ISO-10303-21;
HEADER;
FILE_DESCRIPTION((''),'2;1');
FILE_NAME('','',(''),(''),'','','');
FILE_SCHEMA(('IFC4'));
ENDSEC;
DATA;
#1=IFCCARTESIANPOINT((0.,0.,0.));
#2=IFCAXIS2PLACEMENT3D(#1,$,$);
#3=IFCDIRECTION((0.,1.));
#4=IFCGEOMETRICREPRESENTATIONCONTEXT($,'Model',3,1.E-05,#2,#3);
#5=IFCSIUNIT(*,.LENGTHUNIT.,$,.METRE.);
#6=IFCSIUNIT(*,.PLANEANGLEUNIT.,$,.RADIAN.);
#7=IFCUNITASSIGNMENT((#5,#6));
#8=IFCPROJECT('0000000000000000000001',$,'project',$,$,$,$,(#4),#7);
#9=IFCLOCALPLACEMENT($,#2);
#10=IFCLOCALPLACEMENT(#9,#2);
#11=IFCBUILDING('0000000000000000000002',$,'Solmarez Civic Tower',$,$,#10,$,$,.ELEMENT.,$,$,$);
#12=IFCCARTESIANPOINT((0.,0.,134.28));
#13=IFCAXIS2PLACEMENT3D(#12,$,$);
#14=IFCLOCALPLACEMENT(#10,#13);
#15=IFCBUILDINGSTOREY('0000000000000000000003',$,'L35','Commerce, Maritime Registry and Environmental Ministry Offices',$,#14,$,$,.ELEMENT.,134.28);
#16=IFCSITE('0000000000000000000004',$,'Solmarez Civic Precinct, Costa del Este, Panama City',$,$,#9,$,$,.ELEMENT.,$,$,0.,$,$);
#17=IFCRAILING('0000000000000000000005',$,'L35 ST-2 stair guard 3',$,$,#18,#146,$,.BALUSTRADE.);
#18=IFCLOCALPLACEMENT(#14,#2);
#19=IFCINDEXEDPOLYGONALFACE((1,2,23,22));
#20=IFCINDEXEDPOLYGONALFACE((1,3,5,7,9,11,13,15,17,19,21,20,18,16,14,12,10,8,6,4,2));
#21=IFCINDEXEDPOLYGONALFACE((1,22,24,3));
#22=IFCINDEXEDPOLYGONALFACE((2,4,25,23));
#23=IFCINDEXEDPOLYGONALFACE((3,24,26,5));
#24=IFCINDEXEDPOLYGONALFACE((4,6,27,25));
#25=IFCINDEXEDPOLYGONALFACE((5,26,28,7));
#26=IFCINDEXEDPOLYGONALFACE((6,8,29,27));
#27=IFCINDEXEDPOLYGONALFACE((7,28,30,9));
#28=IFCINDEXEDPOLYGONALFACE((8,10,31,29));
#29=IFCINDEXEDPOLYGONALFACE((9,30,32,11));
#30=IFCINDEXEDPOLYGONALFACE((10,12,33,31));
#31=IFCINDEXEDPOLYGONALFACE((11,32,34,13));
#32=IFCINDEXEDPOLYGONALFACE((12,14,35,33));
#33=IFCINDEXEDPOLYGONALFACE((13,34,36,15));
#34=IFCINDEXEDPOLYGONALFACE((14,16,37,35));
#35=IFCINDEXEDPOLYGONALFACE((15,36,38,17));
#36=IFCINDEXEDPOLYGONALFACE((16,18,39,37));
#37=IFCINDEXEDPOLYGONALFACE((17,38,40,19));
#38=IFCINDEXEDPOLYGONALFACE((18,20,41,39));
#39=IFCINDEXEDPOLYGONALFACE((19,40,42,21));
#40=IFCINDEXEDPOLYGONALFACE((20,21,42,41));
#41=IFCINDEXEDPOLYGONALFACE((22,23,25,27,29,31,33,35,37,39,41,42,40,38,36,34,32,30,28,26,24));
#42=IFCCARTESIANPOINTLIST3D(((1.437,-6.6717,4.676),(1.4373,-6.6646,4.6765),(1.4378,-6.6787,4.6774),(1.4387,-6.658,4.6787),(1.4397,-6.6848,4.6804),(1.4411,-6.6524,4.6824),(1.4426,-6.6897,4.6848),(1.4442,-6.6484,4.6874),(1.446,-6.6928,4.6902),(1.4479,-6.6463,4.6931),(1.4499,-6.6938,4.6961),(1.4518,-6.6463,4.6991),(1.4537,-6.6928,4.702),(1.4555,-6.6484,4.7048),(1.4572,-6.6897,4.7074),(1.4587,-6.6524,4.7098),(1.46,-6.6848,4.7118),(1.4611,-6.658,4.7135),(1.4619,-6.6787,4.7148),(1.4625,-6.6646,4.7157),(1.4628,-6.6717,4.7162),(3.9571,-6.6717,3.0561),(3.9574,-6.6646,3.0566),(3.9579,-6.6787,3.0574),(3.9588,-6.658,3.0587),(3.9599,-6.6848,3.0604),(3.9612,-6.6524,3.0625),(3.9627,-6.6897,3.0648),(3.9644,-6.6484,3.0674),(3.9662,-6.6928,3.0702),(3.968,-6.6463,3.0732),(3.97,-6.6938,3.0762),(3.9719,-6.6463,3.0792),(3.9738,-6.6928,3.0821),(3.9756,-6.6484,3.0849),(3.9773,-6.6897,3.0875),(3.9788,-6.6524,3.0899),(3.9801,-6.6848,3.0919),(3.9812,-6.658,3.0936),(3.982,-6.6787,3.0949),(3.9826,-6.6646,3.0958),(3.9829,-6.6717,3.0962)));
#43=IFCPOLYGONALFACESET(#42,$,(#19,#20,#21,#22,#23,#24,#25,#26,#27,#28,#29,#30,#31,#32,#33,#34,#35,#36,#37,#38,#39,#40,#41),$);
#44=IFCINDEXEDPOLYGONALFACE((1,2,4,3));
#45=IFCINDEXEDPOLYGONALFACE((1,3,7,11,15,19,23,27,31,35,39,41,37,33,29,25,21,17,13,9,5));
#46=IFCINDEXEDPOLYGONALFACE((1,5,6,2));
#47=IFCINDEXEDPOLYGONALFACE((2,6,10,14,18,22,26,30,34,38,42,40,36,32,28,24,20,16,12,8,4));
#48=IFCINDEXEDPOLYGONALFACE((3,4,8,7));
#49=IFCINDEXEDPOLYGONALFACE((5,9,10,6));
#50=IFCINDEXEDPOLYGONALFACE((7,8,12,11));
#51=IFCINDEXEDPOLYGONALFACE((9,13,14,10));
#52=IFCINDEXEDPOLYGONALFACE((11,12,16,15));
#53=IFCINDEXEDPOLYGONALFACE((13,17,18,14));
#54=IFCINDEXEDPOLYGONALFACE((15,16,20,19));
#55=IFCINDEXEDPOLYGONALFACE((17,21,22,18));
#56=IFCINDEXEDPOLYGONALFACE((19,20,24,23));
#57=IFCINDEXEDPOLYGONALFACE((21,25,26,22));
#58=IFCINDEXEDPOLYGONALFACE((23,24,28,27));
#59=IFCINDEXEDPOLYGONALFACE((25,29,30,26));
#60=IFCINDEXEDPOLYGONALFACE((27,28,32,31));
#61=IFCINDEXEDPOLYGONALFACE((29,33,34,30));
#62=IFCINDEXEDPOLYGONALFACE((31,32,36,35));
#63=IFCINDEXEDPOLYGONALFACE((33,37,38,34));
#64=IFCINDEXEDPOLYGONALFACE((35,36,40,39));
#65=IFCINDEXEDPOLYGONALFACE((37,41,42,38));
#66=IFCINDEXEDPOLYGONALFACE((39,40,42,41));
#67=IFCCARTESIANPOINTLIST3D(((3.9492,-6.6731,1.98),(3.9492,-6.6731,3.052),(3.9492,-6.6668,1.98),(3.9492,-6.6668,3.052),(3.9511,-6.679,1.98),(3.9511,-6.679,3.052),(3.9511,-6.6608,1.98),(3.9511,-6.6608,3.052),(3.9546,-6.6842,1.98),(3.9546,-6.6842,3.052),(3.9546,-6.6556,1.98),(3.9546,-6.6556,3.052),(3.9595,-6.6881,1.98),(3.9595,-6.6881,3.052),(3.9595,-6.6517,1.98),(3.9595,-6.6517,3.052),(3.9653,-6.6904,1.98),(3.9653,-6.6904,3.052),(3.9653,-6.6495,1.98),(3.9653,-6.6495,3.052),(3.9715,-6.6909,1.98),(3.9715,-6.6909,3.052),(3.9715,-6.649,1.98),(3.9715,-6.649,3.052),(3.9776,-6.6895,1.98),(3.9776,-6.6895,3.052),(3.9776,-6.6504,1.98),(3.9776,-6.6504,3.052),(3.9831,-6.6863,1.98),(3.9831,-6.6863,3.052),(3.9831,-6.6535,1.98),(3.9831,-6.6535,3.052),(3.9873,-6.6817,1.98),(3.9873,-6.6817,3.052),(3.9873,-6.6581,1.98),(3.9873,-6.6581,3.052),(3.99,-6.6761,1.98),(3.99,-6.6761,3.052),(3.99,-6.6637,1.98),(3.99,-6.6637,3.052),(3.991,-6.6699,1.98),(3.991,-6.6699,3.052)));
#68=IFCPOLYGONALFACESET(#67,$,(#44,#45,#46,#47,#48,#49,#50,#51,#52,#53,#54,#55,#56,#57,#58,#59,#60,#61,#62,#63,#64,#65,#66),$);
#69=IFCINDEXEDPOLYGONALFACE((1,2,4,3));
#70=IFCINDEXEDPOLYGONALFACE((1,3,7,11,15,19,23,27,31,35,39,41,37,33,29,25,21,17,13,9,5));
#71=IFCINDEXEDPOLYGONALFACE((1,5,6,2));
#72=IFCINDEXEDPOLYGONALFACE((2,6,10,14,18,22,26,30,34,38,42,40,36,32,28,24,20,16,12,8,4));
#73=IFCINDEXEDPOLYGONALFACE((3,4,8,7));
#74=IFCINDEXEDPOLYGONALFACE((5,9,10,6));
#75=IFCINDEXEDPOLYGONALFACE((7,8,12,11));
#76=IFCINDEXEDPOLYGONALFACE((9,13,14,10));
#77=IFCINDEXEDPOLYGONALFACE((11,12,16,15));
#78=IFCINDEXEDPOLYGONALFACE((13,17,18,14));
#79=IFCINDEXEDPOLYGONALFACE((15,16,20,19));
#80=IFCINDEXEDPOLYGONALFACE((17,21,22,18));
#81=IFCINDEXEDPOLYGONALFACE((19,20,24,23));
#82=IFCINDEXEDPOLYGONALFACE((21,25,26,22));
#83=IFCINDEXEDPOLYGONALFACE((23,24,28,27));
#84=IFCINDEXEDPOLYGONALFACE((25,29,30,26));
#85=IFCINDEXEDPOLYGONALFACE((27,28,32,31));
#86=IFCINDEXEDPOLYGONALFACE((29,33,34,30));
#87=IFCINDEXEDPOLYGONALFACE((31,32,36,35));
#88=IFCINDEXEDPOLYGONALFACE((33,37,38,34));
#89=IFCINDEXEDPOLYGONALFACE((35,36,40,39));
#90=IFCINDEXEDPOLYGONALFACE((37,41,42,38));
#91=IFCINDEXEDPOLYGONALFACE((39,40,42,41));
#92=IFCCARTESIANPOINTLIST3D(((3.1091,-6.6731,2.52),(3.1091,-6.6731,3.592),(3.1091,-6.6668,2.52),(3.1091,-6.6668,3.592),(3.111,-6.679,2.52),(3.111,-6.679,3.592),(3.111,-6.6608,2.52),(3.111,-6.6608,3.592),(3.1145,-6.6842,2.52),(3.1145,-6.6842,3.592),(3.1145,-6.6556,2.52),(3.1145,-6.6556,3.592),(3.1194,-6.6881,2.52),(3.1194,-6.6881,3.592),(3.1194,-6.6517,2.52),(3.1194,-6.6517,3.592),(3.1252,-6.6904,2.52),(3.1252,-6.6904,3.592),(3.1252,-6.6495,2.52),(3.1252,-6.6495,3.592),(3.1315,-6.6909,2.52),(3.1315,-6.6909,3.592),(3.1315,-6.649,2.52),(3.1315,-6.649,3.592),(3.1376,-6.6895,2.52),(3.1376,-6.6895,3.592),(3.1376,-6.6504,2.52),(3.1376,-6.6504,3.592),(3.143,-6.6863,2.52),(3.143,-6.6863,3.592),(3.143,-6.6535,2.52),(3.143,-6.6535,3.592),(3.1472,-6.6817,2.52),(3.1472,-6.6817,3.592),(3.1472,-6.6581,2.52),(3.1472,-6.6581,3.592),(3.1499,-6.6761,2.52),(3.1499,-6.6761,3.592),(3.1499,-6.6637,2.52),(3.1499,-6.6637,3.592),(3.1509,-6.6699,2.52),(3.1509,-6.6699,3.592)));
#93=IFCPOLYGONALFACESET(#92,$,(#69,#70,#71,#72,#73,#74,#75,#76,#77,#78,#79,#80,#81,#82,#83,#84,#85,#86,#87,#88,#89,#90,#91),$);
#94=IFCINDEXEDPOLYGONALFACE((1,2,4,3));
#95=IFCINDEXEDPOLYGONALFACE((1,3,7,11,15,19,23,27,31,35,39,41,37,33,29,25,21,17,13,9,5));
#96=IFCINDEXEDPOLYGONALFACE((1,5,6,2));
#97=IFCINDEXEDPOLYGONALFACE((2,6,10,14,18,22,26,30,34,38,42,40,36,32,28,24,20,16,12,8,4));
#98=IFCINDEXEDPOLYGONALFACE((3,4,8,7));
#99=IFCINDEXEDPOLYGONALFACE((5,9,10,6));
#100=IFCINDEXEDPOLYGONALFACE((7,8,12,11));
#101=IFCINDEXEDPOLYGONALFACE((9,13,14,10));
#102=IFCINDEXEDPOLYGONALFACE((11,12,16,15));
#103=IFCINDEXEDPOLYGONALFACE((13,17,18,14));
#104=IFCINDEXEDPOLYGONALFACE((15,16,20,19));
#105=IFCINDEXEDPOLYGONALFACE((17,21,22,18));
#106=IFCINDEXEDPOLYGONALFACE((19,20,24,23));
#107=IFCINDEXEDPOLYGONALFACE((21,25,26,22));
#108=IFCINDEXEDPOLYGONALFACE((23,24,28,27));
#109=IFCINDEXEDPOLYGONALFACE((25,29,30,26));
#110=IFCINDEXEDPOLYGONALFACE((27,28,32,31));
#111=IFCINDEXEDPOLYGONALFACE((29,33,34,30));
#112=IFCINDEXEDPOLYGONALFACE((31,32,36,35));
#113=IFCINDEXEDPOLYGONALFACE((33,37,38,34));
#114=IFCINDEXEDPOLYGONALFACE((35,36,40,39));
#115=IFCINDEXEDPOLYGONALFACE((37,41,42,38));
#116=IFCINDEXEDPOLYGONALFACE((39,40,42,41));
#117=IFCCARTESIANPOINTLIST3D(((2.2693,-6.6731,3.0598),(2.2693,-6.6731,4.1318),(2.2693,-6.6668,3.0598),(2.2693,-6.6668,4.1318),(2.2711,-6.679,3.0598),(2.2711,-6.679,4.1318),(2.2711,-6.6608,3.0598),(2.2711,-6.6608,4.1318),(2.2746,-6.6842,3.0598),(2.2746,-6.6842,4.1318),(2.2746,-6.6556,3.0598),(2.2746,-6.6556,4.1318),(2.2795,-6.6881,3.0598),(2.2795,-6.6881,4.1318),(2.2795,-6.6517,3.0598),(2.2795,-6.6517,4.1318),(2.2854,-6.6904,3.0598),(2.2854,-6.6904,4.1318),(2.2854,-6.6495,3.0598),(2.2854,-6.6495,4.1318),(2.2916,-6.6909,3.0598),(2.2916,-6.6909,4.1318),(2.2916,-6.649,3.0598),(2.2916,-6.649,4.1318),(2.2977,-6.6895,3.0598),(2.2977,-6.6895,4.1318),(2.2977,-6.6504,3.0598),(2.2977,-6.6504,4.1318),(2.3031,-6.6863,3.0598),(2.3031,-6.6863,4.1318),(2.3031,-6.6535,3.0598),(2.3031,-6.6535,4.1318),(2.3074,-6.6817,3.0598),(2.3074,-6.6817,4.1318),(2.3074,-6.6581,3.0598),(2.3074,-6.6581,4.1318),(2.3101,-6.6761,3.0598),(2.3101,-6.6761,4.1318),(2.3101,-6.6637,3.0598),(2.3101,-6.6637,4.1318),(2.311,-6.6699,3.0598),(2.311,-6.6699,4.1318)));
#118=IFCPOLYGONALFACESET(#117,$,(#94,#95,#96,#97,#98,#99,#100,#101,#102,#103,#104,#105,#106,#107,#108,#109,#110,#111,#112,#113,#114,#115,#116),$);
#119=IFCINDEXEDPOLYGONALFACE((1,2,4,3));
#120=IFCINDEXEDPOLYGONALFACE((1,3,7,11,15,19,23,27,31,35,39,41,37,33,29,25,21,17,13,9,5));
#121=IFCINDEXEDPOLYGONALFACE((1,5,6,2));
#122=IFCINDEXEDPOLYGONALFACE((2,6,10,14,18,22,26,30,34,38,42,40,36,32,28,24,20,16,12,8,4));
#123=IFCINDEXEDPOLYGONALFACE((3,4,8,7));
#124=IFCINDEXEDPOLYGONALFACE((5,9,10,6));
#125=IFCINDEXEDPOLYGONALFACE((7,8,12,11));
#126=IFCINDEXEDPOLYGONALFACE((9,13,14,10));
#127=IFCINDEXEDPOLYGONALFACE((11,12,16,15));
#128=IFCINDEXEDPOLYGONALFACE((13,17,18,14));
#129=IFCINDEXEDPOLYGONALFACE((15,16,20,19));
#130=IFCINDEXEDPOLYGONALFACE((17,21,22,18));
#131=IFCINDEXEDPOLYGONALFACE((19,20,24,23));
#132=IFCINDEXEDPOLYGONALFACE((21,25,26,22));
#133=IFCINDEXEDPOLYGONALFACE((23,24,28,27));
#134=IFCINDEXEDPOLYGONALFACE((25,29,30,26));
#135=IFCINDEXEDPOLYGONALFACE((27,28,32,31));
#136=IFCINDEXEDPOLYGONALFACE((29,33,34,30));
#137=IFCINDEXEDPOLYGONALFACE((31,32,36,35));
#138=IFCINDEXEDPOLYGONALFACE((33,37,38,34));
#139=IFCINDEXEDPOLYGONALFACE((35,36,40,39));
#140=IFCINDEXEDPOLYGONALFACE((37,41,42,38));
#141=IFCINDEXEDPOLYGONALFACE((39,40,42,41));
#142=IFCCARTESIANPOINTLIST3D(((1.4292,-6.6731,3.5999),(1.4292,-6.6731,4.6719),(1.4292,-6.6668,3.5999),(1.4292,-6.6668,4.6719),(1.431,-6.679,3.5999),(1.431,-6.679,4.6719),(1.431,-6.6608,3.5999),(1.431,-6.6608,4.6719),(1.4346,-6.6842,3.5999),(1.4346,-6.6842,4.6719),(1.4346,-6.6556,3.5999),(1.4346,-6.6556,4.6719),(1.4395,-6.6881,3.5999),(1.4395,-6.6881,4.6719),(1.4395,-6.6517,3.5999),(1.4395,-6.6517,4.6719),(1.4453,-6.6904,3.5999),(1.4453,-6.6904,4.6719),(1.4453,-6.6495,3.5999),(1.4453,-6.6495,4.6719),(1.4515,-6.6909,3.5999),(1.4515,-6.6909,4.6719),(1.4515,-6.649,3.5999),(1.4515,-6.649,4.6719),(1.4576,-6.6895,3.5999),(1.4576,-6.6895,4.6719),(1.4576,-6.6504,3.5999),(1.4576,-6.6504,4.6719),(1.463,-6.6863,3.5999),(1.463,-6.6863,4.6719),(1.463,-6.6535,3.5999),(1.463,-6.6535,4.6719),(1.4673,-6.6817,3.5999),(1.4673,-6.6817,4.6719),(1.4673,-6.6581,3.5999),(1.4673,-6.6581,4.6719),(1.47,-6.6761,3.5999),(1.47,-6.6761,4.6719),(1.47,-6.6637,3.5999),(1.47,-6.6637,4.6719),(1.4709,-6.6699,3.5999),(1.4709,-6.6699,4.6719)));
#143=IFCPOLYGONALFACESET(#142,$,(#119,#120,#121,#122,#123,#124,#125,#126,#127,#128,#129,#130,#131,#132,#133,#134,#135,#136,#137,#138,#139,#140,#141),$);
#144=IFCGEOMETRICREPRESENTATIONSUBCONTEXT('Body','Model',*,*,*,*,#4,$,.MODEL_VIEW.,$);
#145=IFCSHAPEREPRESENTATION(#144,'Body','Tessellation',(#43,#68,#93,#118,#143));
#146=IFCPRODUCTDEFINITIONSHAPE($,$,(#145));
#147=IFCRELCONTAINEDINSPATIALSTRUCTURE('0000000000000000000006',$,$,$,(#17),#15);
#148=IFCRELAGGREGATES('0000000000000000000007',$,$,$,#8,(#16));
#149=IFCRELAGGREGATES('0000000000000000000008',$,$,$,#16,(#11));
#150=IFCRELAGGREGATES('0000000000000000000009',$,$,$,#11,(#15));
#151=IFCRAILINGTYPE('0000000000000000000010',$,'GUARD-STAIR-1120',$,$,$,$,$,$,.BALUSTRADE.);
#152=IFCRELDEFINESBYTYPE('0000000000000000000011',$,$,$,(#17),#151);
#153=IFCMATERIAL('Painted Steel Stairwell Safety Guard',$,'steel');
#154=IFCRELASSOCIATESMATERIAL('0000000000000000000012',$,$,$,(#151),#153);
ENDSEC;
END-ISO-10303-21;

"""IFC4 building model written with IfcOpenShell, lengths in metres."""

from ifc_helpers import new_model, si_unit, direction, frame, origin, origin_2d, place, context, subcontext, project, spatial, circle, extrude, material, type_object, element, save


model = new_model("IFC4")

# Units and contexts
model_context = context("Model", 3, precision=1e-05, world=origin(), true_north=direction((0.0, 1.0)))
body_context = subcontext(model_context, "Body", "Model", "MODEL_VIEW")
ifc_project = project(units=[si_unit("LENGTHUNIT", "METRE"), si_unit("PLANEANGLEUNIT", "RADIAN")], contexts=[model_context])

# Site, building, storey
site_placement = place(None, origin())
site = spatial("IfcSite", under=ifc_project, at=site_placement, Name="Solmarez Civic Precinct, Costa del Este, Panama City", CompositionType="ELEMENT", RefElevation=0.0)
building_placement = place(site_placement, origin())
building = spatial("IfcBuilding", under=site, at=building_placement, Name="Solmarez Civic Tower", CompositionType="ELEMENT")
storey_placement = place(building_placement, frame((0.0, 0.0, 134.28)))
storey = spatial("IfcBuildingStorey", under=building, at=storey_placement, Name="L35", Description="Commerce, Maritime Registry and Environmental Ministry Offices", CompositionType="ELEMENT", Elevation=134.28)

# Railing
ifc_material_1 = material(Name="Painted Steel Stairwell Safety Guard", Category="steel")
railing_type_1 = type_object("IfcRailingType", Name="GUARD-STAIR-1120", PredefinedType="BALUSTRADE", material=ifc_material_1)
railing_1_placement = place(storey_placement, frame((3.97, -6.6699, 1.98)))
element("IfcRailing", 1, at=railing_1_placement, inside=storey, type_object=railing_type_1, Name="L35 ST-2 stair guard 3", PredefinedType="BALUSTRADE", context=body_context, shape_type="SweptSolid", body=[
    extrude(circle(Radius=0.0239, at=origin_2d()), frame((0.0, 0.0, 1.0962), z_axis=(-0.8412, 0.0, 0.540725), x_axis=(0.0, -1.0, 0.0)), (0.0, 0.0, 1.0), 2.9958),
    extrude(circle(Radius=0.021, at=origin_2d()), origin(), (0.0, 0.0, 1.0), 1.072),
    extrude(circle(Radius=0.021, at=origin_2d()), frame((-0.8401, 0.0, 0.54)), (0.0, 0.0, 1.0), 1.072),
    extrude(circle(Radius=0.021, at=origin_2d()), frame((-1.6799, 0.0, 1.0798)), (0.0, 0.0, 1.0), 1.072),
    extrude(circle(Radius=0.021, at=origin_2d()), frame((-2.52, 0.0, 1.6199)), (0.0, 0.0, 1.0), 1.072),
])

save(model, "model.ifc")
